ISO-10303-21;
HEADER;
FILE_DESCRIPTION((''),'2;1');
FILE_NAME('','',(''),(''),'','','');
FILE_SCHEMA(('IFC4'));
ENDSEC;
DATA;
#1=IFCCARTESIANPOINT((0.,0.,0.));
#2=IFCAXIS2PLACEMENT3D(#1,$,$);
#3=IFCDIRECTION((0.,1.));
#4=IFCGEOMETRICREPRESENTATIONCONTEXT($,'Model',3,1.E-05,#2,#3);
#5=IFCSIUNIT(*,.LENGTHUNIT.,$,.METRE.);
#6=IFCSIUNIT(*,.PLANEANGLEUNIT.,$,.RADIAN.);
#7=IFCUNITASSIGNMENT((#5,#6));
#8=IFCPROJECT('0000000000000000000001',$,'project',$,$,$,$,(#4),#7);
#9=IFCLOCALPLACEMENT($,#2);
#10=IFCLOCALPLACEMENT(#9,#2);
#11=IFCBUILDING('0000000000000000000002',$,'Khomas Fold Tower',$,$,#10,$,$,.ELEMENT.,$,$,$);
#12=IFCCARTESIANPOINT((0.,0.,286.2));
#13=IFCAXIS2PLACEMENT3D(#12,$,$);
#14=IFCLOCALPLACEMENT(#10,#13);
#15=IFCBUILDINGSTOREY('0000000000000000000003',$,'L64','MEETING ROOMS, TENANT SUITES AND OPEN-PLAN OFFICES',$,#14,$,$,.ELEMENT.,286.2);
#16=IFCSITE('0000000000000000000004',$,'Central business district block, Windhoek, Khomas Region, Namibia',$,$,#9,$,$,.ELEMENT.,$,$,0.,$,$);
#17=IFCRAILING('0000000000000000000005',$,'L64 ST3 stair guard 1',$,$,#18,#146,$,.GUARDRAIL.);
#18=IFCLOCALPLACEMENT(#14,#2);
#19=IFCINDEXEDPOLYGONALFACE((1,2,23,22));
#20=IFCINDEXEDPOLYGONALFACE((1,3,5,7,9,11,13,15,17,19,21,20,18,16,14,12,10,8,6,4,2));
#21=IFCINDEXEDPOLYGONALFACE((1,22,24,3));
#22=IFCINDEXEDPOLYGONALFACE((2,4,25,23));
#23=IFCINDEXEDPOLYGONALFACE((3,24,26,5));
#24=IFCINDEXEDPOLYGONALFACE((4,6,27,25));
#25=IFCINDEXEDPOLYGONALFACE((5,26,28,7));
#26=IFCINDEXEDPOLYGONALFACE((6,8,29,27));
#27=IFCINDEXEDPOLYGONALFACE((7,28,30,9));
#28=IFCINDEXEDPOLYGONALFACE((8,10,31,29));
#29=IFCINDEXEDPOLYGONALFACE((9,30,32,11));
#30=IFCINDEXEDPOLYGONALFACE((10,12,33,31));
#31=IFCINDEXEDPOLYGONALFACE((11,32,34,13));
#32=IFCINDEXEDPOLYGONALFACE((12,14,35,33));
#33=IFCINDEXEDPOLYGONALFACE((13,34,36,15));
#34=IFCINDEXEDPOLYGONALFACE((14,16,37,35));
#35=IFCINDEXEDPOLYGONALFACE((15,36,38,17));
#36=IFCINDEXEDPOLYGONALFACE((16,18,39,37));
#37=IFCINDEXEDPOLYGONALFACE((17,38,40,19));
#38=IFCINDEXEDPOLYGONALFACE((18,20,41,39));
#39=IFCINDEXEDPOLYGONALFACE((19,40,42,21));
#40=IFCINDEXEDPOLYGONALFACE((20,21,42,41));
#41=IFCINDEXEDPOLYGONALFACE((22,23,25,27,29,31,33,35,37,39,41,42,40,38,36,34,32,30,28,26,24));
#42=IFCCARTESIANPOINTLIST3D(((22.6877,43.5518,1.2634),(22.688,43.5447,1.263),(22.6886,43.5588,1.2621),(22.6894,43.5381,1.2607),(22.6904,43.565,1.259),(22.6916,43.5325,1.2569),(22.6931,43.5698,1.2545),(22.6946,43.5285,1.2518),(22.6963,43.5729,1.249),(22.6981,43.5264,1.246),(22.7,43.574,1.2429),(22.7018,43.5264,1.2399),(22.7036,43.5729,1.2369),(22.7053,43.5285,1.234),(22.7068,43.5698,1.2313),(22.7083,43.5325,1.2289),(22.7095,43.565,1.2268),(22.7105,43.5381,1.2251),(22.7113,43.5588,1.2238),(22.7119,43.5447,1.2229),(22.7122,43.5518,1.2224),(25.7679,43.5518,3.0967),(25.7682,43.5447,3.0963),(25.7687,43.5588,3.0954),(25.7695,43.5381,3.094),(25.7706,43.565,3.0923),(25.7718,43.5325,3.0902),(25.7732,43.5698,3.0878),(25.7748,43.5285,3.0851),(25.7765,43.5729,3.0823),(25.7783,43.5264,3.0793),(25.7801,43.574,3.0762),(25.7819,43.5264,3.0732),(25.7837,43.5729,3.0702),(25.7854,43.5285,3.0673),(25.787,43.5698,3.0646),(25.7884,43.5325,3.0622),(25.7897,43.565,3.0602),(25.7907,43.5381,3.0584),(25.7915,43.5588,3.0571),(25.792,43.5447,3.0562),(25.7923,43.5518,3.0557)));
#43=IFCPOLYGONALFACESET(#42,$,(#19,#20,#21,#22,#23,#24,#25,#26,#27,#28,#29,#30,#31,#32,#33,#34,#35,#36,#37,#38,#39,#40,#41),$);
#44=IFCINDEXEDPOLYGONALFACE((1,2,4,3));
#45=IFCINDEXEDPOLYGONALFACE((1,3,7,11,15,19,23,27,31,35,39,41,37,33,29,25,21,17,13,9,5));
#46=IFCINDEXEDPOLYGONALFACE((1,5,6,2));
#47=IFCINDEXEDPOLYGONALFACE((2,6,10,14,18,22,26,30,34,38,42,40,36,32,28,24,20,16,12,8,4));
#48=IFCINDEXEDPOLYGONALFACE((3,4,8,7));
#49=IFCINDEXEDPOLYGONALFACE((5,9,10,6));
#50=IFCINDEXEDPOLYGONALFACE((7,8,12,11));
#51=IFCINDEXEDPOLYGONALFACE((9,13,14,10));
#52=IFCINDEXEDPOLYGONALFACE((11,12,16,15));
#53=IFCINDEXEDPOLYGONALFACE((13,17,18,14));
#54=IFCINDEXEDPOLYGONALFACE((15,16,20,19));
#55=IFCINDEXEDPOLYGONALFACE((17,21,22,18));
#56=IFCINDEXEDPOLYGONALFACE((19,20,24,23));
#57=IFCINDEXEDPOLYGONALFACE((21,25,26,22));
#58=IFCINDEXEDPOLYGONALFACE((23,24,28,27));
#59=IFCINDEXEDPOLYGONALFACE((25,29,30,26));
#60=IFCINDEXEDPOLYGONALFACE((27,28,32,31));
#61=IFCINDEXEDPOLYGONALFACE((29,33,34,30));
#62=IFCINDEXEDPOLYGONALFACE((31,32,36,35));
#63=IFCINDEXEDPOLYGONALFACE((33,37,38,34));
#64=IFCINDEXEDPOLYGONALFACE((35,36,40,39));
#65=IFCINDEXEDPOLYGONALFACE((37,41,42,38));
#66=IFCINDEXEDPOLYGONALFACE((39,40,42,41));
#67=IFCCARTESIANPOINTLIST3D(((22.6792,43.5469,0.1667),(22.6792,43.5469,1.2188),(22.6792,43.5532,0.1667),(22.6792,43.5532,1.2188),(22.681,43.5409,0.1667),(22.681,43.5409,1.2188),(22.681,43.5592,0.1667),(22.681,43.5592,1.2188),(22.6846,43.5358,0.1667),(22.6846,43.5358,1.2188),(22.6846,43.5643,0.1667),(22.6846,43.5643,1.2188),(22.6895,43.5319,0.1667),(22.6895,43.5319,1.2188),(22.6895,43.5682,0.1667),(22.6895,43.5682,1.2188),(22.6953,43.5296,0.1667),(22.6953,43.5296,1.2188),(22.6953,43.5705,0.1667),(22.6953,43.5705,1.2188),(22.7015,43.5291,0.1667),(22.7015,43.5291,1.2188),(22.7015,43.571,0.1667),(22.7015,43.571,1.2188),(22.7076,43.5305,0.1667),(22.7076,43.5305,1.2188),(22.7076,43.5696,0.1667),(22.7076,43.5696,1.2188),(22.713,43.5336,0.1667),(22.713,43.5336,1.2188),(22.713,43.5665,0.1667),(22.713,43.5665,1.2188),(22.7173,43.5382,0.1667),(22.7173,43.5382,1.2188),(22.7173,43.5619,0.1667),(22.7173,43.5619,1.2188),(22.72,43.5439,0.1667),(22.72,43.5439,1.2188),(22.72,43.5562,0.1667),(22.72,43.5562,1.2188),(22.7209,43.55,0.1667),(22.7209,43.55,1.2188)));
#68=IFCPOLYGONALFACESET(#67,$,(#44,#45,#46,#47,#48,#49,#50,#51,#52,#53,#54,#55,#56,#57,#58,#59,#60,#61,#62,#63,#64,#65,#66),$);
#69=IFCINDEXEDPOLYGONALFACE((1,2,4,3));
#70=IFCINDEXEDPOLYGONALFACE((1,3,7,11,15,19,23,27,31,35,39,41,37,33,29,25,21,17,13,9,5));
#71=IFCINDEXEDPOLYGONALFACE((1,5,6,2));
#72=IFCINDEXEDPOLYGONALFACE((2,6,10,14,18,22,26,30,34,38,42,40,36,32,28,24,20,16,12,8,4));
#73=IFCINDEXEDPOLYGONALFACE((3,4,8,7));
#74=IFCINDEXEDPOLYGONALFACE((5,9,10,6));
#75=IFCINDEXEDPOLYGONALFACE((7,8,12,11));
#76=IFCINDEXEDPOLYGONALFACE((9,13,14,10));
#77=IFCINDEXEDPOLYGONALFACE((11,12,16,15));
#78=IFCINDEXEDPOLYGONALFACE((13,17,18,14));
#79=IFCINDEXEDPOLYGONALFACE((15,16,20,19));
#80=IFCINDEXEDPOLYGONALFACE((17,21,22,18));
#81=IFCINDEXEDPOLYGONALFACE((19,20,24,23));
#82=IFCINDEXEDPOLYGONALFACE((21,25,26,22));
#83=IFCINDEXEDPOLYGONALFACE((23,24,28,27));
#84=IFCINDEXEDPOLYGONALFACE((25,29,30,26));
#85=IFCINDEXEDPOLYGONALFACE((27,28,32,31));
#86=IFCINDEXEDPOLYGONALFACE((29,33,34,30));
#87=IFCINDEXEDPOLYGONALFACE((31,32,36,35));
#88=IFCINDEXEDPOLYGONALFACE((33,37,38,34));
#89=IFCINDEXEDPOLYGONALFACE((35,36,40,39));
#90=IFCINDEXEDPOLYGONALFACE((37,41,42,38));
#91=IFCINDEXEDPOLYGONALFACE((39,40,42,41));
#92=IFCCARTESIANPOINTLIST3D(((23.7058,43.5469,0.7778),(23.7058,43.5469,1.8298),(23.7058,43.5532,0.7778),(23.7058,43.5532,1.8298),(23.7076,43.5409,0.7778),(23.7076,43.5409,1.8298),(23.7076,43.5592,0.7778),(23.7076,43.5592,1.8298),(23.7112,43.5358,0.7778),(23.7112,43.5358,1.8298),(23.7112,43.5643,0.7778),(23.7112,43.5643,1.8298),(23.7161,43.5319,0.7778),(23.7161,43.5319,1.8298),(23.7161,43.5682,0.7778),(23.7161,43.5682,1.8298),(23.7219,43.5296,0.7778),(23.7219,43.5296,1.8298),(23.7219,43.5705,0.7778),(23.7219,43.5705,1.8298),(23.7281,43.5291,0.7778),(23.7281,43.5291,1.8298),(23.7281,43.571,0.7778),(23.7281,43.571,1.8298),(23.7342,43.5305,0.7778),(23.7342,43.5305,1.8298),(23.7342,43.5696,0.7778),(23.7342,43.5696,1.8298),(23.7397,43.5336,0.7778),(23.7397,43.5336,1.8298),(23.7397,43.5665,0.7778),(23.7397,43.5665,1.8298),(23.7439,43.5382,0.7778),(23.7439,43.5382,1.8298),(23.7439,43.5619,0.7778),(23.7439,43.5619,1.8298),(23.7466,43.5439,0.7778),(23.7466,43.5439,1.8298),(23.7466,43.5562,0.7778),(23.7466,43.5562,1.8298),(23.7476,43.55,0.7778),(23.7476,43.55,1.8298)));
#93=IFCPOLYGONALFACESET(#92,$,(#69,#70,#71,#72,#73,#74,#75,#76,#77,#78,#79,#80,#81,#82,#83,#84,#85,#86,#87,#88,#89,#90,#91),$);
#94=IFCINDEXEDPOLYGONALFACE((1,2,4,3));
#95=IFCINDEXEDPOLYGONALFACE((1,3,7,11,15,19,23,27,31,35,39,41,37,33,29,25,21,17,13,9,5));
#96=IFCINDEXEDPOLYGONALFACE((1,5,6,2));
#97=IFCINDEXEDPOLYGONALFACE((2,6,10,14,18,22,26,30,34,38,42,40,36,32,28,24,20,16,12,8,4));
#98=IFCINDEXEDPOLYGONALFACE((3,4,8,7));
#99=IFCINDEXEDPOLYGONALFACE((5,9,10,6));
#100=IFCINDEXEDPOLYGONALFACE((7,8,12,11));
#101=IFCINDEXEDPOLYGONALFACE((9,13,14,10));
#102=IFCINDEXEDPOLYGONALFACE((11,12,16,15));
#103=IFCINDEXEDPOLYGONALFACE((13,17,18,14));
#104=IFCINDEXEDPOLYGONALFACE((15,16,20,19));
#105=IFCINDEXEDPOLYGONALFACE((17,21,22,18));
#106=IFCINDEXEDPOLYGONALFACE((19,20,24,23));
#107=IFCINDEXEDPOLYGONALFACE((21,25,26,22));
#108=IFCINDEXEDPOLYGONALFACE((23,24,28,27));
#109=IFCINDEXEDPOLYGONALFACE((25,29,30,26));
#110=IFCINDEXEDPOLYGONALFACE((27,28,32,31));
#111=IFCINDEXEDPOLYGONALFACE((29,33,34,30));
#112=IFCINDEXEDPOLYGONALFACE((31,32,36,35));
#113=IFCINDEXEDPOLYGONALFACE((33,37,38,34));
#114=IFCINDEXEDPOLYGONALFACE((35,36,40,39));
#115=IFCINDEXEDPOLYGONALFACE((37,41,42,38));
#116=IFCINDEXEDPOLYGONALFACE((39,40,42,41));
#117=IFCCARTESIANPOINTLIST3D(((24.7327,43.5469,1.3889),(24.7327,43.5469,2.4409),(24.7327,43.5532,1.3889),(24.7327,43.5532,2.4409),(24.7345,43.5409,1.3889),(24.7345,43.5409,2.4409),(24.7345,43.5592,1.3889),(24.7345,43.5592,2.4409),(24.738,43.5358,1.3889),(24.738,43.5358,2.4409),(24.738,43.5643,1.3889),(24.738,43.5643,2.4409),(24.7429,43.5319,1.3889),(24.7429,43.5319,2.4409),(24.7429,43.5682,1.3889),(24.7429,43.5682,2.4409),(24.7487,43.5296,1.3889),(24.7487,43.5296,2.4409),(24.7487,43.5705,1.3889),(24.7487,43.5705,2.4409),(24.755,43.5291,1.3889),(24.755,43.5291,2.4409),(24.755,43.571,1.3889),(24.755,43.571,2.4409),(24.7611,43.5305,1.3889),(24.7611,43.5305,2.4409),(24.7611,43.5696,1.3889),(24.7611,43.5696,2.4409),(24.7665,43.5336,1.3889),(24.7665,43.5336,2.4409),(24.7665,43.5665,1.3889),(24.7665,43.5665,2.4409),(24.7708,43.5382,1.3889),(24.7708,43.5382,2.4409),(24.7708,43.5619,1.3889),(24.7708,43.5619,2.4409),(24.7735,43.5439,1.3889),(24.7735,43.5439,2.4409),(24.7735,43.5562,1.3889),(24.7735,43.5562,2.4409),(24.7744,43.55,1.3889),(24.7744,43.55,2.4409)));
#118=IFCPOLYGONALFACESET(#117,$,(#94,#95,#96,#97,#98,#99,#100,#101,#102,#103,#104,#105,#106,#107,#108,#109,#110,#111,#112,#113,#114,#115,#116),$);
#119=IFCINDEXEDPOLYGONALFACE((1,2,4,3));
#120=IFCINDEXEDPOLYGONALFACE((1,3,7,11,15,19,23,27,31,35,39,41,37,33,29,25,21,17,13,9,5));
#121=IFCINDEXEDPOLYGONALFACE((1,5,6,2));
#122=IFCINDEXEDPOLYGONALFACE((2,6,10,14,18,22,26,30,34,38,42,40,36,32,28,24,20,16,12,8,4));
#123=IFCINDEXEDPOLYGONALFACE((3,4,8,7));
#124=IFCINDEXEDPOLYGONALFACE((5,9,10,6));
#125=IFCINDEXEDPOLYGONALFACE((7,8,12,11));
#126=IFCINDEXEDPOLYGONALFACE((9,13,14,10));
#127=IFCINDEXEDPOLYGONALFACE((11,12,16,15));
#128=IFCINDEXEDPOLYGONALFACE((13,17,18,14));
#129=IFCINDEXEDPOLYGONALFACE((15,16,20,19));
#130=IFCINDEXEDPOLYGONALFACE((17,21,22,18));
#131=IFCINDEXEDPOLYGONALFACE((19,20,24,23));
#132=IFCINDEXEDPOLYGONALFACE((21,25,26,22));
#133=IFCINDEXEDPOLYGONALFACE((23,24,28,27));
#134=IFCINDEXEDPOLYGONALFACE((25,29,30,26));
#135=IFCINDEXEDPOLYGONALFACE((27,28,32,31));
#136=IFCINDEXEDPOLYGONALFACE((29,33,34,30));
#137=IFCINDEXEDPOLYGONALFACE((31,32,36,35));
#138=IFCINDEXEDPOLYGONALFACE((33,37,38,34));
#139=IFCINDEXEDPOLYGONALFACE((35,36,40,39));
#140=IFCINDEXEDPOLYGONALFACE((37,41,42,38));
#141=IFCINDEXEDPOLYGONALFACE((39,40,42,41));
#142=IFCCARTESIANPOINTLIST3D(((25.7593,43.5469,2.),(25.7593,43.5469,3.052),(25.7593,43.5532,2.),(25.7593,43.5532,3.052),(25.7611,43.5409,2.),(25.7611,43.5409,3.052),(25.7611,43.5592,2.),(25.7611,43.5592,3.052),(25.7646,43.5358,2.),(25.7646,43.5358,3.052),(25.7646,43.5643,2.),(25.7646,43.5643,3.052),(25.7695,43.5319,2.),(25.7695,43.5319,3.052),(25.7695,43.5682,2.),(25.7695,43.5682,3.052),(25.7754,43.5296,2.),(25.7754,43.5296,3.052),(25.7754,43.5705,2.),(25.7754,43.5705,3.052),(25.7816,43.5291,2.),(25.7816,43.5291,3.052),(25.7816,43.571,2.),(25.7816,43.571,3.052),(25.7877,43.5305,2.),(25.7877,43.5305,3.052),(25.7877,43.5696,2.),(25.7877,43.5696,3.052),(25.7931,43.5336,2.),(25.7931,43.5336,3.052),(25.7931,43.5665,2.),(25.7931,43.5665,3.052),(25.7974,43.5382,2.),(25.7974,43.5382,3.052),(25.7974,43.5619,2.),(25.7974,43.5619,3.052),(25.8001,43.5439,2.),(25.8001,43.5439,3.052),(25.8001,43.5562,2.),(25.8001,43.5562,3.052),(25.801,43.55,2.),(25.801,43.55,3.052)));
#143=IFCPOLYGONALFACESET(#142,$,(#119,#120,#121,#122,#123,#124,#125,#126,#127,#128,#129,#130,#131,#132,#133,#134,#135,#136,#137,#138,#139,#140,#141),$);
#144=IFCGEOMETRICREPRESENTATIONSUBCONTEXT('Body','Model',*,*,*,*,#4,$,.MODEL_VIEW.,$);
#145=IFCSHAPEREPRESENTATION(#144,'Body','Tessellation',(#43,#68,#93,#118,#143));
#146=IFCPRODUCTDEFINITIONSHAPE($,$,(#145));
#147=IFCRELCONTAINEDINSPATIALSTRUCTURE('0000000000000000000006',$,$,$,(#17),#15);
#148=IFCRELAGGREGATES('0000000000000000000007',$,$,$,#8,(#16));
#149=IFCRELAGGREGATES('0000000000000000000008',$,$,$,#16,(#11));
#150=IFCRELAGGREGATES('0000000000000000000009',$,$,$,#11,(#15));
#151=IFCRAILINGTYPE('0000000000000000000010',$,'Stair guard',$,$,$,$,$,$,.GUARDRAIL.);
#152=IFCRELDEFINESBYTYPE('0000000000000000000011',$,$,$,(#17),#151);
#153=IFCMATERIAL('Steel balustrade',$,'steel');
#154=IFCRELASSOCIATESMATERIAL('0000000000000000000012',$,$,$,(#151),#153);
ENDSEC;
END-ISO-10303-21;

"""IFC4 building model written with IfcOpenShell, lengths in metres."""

from ifc_helpers import new_model, si_unit, direction, frame, origin, origin_2d, place, context, subcontext, project, spatial, circle, extrude, source, transform, mapped, material, type_object, element, save


model = new_model("IFC4")

# Units and contexts
model_context = context("Model", 3, precision=1e-05, world=origin(), true_north=direction((0.0, 1.0)))
body_context = subcontext(model_context, "Body", "Model", "MODEL_VIEW")
ifc_project = project(units=[si_unit("LENGTHUNIT", "METRE"), si_unit("PLANEANGLEUNIT", "RADIAN")], contexts=[model_context])

# Site, building, storey
site_placement = place(None, origin())
site = spatial("IfcSite", under=ifc_project, at=site_placement, Name="Central business district block, Windhoek, Khomas Region, Namibia", CompositionType="ELEMENT", RefElevation=0.0)
building_placement = place(site_placement, origin())
building = spatial("IfcBuilding", under=site, at=building_placement, Name="Khomas Fold Tower", CompositionType="ELEMENT")
storey_placement = place(building_placement, frame((0.0, 0.0, 286.2)))
storey = spatial("IfcBuildingStorey", under=building, at=storey_placement, Name="L64", Description="MEETING ROOMS, TENANT SUITES AND OPEN-PLAN OFFICES", CompositionType="ELEMENT", Elevation=286.2)

# Railing
ifc_material_1 = material(Name="Steel balustrade", Category="steel")
railing_type_1 = type_object("IfcRailingType", Name="Stair guard", PredefinedType="GUARDRAIL", material=ifc_material_1)
shared_shape_1 = source(origin(), body_context, "Body", "SweptSolid", [
    extrude(circle(Radius=0.0239, at=origin_2d()), frame((0.0, 0.0, 1.0762), z_axis=(0.859309, 0.0, 0.511458), x_axis=(0.0, 1.0, 0.0)), (0.0, 0.0, 1.0), 3.5845),
    extrude(circle(Radius=0.021, at=origin_2d()), origin(), (0.0, 0.0, 1.0), 1.052),
    extrude(circle(Radius=0.021, at=origin_2d()), frame((1.0266, 0.0, 0.6111)), (0.0, 0.0, 1.0), 1.052),
    extrude(circle(Radius=0.021, at=origin_2d()), frame((2.0535, 0.0, 1.2222)), (0.0, 0.0, 1.0), 1.052),
    extrude(circle(Radius=0.021, at=origin_2d()), frame((3.0801, 0.0, 1.8333)), (0.0, 0.0, 1.0), 1.052),
])
railing_1_placement = place(storey_placement, frame((22.7, 43.55, 0.1667)))
element("IfcRailing", 1, at=railing_1_placement, inside=storey, type_object=railing_type_1, Name="L64 ST3 stair guard 1", PredefinedType="GUARDRAIL", context=body_context, shape_type="MappedRepresentation", body=[
    mapped(shared_shape_1, transform((0.0, 0.0, 0.0))),
])

save(model, "model.ifc")
